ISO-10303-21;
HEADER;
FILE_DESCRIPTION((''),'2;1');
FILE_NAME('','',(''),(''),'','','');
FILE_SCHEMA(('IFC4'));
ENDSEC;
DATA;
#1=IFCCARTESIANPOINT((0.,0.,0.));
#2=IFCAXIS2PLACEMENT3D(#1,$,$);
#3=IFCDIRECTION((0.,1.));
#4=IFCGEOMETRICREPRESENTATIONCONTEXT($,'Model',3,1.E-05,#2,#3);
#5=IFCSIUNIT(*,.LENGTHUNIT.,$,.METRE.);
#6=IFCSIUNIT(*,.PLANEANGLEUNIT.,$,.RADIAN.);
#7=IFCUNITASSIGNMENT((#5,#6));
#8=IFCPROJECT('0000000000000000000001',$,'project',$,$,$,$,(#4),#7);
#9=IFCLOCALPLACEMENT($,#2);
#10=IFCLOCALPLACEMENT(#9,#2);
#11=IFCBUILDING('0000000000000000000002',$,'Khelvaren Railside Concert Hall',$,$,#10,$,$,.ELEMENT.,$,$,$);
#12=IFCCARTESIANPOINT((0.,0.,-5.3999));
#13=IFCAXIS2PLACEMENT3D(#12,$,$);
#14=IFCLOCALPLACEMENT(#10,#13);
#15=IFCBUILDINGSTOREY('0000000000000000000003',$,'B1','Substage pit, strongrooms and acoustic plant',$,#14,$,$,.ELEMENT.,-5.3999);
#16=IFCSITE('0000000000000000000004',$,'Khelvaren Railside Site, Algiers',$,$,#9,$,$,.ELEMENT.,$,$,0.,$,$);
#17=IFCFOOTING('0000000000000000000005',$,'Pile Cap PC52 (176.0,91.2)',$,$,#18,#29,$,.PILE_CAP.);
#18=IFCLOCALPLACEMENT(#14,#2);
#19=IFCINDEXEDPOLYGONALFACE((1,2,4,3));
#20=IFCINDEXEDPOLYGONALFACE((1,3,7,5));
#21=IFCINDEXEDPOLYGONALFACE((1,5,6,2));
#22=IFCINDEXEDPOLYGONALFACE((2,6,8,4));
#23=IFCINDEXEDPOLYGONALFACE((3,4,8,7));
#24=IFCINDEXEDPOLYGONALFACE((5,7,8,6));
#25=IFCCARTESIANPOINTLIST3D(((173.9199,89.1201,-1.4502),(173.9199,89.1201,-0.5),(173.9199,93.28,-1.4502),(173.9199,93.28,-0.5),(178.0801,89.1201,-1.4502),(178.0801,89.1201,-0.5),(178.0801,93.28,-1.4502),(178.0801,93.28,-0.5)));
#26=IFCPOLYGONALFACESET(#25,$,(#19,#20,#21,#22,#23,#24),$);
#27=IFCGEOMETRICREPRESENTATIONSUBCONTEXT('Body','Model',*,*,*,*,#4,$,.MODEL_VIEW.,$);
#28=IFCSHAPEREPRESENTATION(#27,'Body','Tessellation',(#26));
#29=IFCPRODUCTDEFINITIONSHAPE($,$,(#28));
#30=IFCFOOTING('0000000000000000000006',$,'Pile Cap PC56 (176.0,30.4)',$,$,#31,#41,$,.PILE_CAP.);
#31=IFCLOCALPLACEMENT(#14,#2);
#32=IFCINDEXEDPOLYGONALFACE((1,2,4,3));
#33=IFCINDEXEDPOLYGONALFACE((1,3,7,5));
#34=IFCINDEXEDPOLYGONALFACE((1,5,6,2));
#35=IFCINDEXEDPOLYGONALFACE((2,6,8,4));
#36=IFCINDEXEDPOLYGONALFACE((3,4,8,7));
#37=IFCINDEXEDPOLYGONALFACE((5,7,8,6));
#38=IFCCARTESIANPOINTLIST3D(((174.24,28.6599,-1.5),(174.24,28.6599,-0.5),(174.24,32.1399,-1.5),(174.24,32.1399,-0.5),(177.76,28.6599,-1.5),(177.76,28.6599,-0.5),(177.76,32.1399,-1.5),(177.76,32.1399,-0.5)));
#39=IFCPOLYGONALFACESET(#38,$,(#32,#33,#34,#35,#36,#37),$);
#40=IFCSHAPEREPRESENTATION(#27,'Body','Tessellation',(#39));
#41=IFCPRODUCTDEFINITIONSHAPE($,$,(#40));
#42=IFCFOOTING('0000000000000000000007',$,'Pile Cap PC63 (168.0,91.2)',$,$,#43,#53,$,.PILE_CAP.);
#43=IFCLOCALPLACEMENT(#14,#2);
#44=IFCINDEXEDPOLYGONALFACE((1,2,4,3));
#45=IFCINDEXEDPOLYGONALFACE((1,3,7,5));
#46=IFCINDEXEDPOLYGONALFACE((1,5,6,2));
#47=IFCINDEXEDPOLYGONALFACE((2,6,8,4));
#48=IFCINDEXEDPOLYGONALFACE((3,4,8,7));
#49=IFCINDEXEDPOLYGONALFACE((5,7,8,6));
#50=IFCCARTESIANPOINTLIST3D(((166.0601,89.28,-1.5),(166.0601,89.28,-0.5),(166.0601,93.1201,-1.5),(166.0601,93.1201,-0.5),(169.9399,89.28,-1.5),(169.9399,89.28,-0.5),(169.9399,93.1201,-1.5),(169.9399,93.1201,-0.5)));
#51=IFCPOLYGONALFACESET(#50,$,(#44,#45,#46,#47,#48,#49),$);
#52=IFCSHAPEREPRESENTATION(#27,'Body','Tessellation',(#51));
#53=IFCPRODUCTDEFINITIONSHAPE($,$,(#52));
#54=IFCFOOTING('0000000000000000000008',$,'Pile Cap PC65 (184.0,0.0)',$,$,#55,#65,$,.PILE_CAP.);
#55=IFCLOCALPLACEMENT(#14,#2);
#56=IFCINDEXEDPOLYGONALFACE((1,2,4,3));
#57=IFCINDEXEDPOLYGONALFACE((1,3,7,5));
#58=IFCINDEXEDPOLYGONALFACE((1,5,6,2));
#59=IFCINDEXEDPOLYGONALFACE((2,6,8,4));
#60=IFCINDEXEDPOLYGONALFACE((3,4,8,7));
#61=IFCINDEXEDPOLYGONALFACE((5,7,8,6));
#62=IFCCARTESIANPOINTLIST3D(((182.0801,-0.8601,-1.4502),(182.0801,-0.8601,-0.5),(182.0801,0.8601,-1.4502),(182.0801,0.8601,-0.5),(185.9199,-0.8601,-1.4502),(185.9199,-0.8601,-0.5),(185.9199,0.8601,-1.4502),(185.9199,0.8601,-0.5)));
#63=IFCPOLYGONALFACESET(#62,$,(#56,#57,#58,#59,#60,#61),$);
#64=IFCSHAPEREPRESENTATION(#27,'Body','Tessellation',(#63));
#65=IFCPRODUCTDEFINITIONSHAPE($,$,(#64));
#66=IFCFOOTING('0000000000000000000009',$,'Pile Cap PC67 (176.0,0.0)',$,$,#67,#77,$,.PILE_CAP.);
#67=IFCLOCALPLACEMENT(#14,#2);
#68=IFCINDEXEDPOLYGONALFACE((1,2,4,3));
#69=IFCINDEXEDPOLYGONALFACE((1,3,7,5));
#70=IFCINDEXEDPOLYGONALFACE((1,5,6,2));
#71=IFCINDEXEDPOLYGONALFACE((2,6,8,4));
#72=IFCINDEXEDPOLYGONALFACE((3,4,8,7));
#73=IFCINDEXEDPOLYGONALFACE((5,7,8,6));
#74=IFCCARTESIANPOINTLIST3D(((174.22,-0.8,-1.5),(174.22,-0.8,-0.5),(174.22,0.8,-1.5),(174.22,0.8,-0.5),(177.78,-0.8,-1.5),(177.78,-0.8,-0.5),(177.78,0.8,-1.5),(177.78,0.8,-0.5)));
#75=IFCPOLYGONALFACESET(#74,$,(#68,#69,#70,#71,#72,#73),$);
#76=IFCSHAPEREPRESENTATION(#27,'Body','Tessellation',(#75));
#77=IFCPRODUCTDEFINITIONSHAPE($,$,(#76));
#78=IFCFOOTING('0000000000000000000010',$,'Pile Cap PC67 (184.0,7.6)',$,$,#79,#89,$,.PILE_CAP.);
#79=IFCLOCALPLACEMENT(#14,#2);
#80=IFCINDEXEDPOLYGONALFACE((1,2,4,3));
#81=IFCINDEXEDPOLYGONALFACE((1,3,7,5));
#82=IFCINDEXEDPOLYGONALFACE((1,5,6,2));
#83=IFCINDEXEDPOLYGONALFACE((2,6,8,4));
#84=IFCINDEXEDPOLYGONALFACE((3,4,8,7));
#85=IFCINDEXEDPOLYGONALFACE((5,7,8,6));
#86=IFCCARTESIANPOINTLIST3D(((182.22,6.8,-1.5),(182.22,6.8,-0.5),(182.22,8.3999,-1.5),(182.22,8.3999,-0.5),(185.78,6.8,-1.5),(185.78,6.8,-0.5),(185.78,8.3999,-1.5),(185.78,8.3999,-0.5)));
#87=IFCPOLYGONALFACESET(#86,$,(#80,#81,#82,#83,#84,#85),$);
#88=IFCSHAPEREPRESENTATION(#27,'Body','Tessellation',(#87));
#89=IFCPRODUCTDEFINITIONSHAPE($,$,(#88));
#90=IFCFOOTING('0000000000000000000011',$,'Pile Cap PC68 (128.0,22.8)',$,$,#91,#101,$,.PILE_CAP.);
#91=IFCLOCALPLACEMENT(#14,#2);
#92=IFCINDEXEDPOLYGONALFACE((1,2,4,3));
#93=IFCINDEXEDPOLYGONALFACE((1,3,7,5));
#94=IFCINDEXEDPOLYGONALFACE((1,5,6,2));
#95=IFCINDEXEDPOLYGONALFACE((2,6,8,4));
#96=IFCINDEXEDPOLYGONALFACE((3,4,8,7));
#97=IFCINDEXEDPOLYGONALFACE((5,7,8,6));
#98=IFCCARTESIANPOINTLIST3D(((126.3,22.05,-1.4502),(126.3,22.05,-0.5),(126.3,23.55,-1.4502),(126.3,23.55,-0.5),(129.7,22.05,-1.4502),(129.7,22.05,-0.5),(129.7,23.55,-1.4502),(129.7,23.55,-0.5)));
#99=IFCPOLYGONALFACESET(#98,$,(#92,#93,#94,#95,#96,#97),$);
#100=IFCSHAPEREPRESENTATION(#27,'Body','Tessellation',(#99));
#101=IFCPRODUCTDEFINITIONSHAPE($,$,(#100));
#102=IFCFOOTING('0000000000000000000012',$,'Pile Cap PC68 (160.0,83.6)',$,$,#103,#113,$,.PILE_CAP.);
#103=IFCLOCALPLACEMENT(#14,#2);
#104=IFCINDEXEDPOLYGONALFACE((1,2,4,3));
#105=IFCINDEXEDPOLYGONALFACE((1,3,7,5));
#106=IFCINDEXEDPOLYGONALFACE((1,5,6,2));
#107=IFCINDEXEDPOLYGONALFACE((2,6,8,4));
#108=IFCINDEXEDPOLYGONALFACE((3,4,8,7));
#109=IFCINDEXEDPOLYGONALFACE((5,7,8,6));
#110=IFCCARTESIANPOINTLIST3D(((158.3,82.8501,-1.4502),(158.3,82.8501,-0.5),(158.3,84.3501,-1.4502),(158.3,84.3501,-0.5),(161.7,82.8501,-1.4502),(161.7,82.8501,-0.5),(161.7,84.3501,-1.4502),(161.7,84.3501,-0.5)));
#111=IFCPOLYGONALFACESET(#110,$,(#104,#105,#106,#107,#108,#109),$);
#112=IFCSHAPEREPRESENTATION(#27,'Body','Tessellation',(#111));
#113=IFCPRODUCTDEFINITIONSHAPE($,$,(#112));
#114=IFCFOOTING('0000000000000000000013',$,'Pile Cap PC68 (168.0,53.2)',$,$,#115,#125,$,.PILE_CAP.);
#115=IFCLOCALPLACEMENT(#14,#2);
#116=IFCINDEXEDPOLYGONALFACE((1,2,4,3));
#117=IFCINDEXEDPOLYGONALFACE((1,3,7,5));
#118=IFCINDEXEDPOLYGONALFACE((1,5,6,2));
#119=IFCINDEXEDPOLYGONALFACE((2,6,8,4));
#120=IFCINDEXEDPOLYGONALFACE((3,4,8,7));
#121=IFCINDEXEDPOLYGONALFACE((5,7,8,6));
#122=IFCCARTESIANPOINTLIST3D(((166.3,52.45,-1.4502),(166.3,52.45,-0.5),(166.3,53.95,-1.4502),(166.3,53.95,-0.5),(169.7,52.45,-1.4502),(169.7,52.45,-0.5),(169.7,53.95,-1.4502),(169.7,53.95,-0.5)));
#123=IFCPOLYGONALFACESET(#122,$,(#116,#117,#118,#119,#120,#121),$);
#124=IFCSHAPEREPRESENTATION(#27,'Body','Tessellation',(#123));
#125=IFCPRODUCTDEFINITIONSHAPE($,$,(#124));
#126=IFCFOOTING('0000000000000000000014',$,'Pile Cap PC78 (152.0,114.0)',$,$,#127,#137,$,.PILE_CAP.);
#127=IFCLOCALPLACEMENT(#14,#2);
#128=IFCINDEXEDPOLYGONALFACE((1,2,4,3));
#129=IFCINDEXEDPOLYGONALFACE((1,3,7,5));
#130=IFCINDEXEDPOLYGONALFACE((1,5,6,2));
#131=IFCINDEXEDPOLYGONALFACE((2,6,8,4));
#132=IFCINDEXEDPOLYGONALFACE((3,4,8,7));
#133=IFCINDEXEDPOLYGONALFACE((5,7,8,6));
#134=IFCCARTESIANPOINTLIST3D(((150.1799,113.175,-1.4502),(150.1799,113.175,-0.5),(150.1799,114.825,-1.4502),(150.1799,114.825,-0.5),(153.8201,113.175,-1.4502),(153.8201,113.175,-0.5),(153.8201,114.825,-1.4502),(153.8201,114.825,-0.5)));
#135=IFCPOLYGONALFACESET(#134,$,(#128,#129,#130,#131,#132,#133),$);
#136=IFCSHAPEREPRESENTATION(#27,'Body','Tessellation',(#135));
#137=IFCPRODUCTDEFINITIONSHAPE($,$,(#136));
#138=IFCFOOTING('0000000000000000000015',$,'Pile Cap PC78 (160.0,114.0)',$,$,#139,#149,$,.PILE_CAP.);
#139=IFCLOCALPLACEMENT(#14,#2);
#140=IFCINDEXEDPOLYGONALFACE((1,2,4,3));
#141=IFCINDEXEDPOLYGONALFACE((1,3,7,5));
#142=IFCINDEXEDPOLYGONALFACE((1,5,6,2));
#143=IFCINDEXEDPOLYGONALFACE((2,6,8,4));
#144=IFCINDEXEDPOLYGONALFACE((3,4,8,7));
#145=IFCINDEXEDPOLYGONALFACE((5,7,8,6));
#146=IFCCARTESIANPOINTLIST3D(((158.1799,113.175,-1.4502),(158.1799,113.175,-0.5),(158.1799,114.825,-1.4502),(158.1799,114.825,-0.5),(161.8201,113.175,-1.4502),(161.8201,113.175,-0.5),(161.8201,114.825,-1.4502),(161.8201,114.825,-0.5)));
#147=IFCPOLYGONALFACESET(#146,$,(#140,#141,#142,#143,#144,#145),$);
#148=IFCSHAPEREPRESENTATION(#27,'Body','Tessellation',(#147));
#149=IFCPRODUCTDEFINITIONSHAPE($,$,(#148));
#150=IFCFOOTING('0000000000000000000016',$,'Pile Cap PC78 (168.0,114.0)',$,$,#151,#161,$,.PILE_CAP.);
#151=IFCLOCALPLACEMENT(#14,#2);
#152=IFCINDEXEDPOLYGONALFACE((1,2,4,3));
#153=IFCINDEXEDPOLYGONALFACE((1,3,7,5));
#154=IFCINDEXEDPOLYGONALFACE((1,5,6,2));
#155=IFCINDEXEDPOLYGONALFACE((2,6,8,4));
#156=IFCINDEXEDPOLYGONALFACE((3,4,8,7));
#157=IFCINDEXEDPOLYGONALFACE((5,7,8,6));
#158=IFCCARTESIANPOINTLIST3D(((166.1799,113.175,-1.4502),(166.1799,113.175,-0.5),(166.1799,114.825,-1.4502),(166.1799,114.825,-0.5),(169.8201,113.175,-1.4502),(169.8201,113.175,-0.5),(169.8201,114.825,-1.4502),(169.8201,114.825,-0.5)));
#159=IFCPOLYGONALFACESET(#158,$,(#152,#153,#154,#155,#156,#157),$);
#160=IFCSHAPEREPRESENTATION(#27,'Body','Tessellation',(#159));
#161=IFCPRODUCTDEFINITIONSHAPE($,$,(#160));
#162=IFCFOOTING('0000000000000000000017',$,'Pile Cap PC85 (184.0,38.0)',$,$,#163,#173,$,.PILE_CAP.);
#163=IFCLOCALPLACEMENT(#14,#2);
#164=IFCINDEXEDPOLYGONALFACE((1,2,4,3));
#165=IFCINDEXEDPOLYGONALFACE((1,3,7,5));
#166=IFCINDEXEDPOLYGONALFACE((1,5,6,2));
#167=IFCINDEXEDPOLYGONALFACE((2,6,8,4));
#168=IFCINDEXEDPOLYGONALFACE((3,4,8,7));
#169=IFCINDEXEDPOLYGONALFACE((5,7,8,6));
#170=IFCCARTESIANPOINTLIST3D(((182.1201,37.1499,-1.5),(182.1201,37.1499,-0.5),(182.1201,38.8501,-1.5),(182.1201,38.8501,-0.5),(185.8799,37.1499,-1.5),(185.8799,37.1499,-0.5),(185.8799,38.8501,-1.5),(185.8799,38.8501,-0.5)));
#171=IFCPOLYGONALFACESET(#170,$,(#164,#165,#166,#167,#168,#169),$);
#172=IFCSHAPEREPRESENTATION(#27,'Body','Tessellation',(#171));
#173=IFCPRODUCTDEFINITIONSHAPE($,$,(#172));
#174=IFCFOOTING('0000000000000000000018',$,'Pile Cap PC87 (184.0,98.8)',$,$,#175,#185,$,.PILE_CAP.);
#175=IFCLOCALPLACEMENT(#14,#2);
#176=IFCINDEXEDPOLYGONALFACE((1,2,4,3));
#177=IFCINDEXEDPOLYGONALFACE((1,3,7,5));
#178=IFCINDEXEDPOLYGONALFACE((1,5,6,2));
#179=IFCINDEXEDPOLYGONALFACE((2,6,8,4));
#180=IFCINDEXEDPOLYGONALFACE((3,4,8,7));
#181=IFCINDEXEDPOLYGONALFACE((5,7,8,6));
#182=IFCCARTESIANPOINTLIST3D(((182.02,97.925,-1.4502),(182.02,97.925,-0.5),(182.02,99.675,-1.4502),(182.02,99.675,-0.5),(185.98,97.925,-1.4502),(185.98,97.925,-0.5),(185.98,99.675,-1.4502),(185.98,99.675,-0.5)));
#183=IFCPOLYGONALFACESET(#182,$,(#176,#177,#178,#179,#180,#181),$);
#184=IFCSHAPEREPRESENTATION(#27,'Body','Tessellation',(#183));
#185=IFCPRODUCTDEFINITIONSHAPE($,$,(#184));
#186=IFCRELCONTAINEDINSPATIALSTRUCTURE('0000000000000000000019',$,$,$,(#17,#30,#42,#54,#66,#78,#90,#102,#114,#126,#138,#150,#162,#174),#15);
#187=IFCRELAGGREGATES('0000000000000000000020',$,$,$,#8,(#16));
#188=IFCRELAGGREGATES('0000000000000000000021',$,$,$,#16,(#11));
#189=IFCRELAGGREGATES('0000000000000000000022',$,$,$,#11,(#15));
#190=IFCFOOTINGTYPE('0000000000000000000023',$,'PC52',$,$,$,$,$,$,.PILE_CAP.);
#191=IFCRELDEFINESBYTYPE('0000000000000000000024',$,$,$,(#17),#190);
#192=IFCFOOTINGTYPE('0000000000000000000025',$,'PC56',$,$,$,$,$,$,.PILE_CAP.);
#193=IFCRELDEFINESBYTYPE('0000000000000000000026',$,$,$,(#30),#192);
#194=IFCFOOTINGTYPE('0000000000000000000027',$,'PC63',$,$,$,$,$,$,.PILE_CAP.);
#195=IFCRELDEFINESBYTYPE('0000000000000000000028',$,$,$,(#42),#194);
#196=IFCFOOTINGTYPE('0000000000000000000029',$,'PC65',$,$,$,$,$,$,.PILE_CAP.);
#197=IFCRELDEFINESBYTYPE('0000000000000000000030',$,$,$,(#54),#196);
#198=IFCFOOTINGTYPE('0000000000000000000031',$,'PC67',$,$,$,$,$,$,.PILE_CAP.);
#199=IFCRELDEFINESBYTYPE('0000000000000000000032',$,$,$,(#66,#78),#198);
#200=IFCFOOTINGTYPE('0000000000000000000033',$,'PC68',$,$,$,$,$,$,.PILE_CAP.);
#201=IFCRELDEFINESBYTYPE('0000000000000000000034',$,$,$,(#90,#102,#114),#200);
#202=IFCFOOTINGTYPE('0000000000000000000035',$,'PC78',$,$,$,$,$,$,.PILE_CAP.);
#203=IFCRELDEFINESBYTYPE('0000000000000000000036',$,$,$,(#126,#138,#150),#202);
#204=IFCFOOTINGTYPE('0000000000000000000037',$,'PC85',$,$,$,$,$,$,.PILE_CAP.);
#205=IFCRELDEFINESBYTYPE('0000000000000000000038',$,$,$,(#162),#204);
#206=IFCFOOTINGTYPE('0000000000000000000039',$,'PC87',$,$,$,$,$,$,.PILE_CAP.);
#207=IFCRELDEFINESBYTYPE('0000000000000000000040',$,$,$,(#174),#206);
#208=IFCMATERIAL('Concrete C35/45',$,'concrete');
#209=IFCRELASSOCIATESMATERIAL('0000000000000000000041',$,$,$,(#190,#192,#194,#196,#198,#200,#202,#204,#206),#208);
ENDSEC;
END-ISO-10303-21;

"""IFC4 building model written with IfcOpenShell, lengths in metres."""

from ifc_helpers import new_model, si_unit, direction, frame, origin, place, context, subcontext, project, spatial, polyline, outline, extrude, material, type_object, element, save


model = new_model("IFC4")

# Units and contexts
model_context = context("Model", 3, precision=1e-05, world=origin(), true_north=direction((0.0, 1.0)))
body_context = subcontext(model_context, "Body", "Model", "MODEL_VIEW")
ifc_project = project(units=[si_unit("LENGTHUNIT", "METRE"), si_unit("PLANEANGLEUNIT", "RADIAN")], contexts=[model_context])

# Site, building, storey
site_placement = place(None, origin())
site = spatial("IfcSite", under=ifc_project, at=site_placement, Name="Khelvaren Railside Site, Algiers", CompositionType="ELEMENT", RefElevation=0.0)
building_placement = place(site_placement, origin())
building = spatial("IfcBuilding", under=site, at=building_placement, Name="Khelvaren Railside Concert Hall", CompositionType="ELEMENT")
storey_placement = place(building_placement, frame((0.0, 0.0, -5.3999)))
storey = spatial("IfcBuildingStorey", under=building, at=storey_placement, Name="B1", Description="Substage pit, strongrooms and acoustic plant", CompositionType="ELEMENT", Elevation=-5.3999)

# Footings
ifc_material = material(Name="Concrete C35/45", Category="concrete")
footing_type_1 = type_object("IfcFootingType", Name="PC52", PredefinedType="PILE_CAP", material=ifc_material)
footing_1_placement = place(storey_placement, frame((0.0, 0.0, -1.4502)))
element("IfcFooting", 1, at=footing_1_placement, inside=storey, type_object=footing_type_1, Name="Pile Cap PC52 (176.0,91.2)", PredefinedType="PILE_CAP", context=body_context, shape_type="SweptSolid", body=[
    extrude(outline(polyline([(173.9199, 89.1201), (178.0801, 89.1201), (178.0801, 93.28), (173.9199, 93.28), (173.9199, 89.1201)])), origin(), (0.0, 0.0, 1.0), 0.9502),
])
footing_type_2 = type_object("IfcFootingType", Name="PC56", PredefinedType="PILE_CAP", material=ifc_material)
footing_2_placement = place(storey_placement, frame((0.0, 0.0, -1.5)))
element("IfcFooting", 2, at=footing_2_placement, inside=storey, type_object=footing_type_2, Name="Pile Cap PC56 (176.0,30.4)", PredefinedType="PILE_CAP", context=body_context, shape_type="SweptSolid", body=[
    extrude(outline(polyline([(174.24, 28.6599), (177.76, 28.6599), (177.76, 32.1399), (174.24, 32.1399), (174.24, 28.6599)])), origin(), (0.0, 0.0, 1.0), 1.0),
])
footing_type_3 = type_object("IfcFootingType", Name="PC63", PredefinedType="PILE_CAP", material=ifc_material)
footing_3_placement = place(storey_placement, frame((0.0, 0.0, -1.5)))
element("IfcFooting", 3, at=footing_3_placement, inside=storey, type_object=footing_type_3, Name="Pile Cap PC63 (168.0,91.2)", PredefinedType="PILE_CAP", context=body_context, shape_type="SweptSolid", body=[
    extrude(outline(polyline([(166.0601, 89.28), (169.9399, 89.28), (169.9399, 93.1201), (166.0601, 93.1201), (166.0601, 89.28)])), origin(), (0.0, 0.0, 1.0), 1.0),
])
footing_type_4 = type_object("IfcFootingType", Name="PC65", PredefinedType="PILE_CAP", material=ifc_material)
footing_4_placement = place(storey_placement, frame((0.0, 0.0, -1.4502)))
element("IfcFooting", 4, at=footing_4_placement, inside=storey, type_object=footing_type_4, Name="Pile Cap PC65 (184.0,0.0)", PredefinedType="PILE_CAP", context=body_context, shape_type="SweptSolid", body=[
    extrude(outline(polyline([(182.0801, -0.8601), (185.9199, -0.8601), (185.9199, 0.8601), (182.0801, 0.8601), (182.0801, -0.8601)])), origin(), (0.0, 0.0, 1.0), 0.9502),
])
footing_type_5 = type_object("IfcFootingType", Name="PC67", PredefinedType="PILE_CAP", material=ifc_material)
footing_5_placement = place(storey_placement, frame((0.0, 0.0, -1.5)))
element("IfcFooting", 5, at=footing_5_placement, inside=storey, type_object=footing_type_5, Name="Pile Cap PC67 (176.0,0.0)", PredefinedType="PILE_CAP", context=body_context, shape_type="SweptSolid", body=[
    extrude(outline(polyline([(174.22, -0.8), (177.78, -0.8), (177.78, 0.8), (174.22, 0.8), (174.22, -0.8)])), origin(), (0.0, 0.0, 1.0), 1.0),
])
footing_6_placement = place(storey_placement, frame((0.0, 0.0, -1.5)))
element("IfcFooting", 6, at=footing_6_placement, inside=storey, type_object=footing_type_5, Name="Pile Cap PC67 (184.0,7.6)", PredefinedType="PILE_CAP", context=body_context, shape_type="SweptSolid", body=[
    extrude(outline(polyline([(182.22, 6.8), (185.78, 6.8), (185.78, 8.3999), (182.22, 8.3999), (182.22, 6.8)])), origin(), (0.0, 0.0, 1.0), 1.0),
])
footing_type_6 = type_object("IfcFootingType", Name="PC68", PredefinedType="PILE_CAP", material=ifc_material)
footing_7_placement = place(storey_placement, frame((0.0, 0.0, -1.4502)))
element("IfcFooting", 7, at=footing_7_placement, inside=storey, type_object=footing_type_6, Name="Pile Cap PC68 (128.0,22.8)", PredefinedType="PILE_CAP", context=body_context, shape_type="SweptSolid", body=[
    extrude(outline(polyline([(126.3, 22.05), (129.7, 22.05), (129.7, 23.55), (126.3, 23.55), (126.3, 22.05)])), origin(), (0.0, 0.0, 1.0), 0.9502),
])
footing_8_placement = place(storey_placement, frame((0.0, 0.0, -1.4502)))
element("IfcFooting", 8, at=footing_8_placement, inside=storey, type_object=footing_type_6, Name="Pile Cap PC68 (160.0,83.6)", PredefinedType="PILE_CAP", context=body_context, shape_type="SweptSolid", body=[
    extrude(outline(polyline([(158.3, 82.8501), (161.7, 82.8501), (161.7, 84.3501), (158.3, 84.3501), (158.3, 82.8501)])), origin(), (0.0, 0.0, 1.0), 0.9502),
])
footing_9_placement = place(storey_placement, frame((0.0, 0.0, -1.4502)))
element("IfcFooting", 9, at=footing_9_placement, inside=storey, type_object=footing_type_6, Name="Pile Cap PC68 (168.0,53.2)", PredefinedType="PILE_CAP", context=body_context, shape_type="SweptSolid", body=[
    extrude(outline(polyline([(166.3, 52.45), (169.7, 52.45), (169.7, 53.95), (166.3, 53.95), (166.3, 52.45)])), origin(), (0.0, 0.0, 1.0), 0.9502),
])
footing_type_7 = type_object("IfcFootingType", Name="PC78", PredefinedType="PILE_CAP", material=ifc_material)
footing_10_placement = place(storey_placement, frame((0.0, 0.0, -1.4502)))
element("IfcFooting", 10, at=footing_10_placement, inside=storey, type_object=footing_type_7, Name="Pile Cap PC78 (152.0,114.0)", PredefinedType="PILE_CAP", context=body_context, shape_type="SweptSolid", body=[
    extrude(outline(polyline([(150.1799, 113.175), (153.8201, 113.175), (153.8201, 114.825), (150.1799, 114.825), (150.1799, 113.175)])), origin(), (0.0, 0.0, 1.0), 0.9502),
])
footing_11_placement = place(storey_placement, frame((0.0, 0.0, -1.4502)))
element("IfcFooting", 11, at=footing_11_placement, inside=storey, type_object=footing_type_7, Name="Pile Cap PC78 (160.0,114.0)", PredefinedType="PILE_CAP", context=body_context, shape_type="SweptSolid", body=[
    extrude(outline(polyline([(158.1799, 113.175), (161.8201, 113.175), (161.8201, 114.825), (158.1799, 114.825), (158.1799, 113.175)])), origin(), (0.0, 0.0, 1.0), 0.9502),
])
footing_12_placement = place(storey_placement, frame((0.0, 0.0, -1.4502)))
element("IfcFooting", 12, at=footing_12_placement, inside=storey, type_object=footing_type_7, Name="Pile Cap PC78 (168.0,114.0)", PredefinedType="PILE_CAP", context=body_context, shape_type="SweptSolid", body=[
    extrude(outline(polyline([(166.1799, 113.175), (169.8201, 113.175), (169.8201, 114.825), (166.1799, 114.825), (166.1799, 113.175)])), origin(), (0.0, 0.0, 1.0), 0.9502),
])
footing_type_8 = type_object("IfcFootingType", Name="PC85", PredefinedType="PILE_CAP", material=ifc_material)
footing_13_placement = place(storey_placement, frame((0.0, 0.0, -1.5)))
element("IfcFooting", 13, at=footing_13_placement, inside=storey, type_object=footing_type_8, Name="Pile Cap PC85 (184.0,38.0)", PredefinedType="PILE_CAP", context=body_context, shape_type="SweptSolid", body=[
    extrude(outline(polyline([(182.1201, 37.1499), (185.8799, 37.1499), (185.8799, 38.8501), (182.1201, 38.8501), (182.1201, 37.1499)])), origin(), (0.0, 0.0, 1.0), 1.0),
])
footing_type_9 = type_object("IfcFootingType", Name="PC87", PredefinedType="PILE_CAP", material=ifc_material)
footing_14_placement = place(storey_placement, frame((0.0, 0.0, -1.4502)))
element("IfcFooting", 14, at=footing_14_placement, inside=storey, type_object=footing_type_9, Name="Pile Cap PC87 (184.0,98.8)", PredefinedType="PILE_CAP", context=body_context, shape_type="SweptSolid", body=[
    extrude(outline(polyline([(182.02, 97.925), (185.98, 97.925), (185.98, 99.675), (182.02, 99.675), (182.02, 97.925)])), origin(), (0.0, 0.0, 1.0), 0.9502),
])

save(model, "model.ifc")
